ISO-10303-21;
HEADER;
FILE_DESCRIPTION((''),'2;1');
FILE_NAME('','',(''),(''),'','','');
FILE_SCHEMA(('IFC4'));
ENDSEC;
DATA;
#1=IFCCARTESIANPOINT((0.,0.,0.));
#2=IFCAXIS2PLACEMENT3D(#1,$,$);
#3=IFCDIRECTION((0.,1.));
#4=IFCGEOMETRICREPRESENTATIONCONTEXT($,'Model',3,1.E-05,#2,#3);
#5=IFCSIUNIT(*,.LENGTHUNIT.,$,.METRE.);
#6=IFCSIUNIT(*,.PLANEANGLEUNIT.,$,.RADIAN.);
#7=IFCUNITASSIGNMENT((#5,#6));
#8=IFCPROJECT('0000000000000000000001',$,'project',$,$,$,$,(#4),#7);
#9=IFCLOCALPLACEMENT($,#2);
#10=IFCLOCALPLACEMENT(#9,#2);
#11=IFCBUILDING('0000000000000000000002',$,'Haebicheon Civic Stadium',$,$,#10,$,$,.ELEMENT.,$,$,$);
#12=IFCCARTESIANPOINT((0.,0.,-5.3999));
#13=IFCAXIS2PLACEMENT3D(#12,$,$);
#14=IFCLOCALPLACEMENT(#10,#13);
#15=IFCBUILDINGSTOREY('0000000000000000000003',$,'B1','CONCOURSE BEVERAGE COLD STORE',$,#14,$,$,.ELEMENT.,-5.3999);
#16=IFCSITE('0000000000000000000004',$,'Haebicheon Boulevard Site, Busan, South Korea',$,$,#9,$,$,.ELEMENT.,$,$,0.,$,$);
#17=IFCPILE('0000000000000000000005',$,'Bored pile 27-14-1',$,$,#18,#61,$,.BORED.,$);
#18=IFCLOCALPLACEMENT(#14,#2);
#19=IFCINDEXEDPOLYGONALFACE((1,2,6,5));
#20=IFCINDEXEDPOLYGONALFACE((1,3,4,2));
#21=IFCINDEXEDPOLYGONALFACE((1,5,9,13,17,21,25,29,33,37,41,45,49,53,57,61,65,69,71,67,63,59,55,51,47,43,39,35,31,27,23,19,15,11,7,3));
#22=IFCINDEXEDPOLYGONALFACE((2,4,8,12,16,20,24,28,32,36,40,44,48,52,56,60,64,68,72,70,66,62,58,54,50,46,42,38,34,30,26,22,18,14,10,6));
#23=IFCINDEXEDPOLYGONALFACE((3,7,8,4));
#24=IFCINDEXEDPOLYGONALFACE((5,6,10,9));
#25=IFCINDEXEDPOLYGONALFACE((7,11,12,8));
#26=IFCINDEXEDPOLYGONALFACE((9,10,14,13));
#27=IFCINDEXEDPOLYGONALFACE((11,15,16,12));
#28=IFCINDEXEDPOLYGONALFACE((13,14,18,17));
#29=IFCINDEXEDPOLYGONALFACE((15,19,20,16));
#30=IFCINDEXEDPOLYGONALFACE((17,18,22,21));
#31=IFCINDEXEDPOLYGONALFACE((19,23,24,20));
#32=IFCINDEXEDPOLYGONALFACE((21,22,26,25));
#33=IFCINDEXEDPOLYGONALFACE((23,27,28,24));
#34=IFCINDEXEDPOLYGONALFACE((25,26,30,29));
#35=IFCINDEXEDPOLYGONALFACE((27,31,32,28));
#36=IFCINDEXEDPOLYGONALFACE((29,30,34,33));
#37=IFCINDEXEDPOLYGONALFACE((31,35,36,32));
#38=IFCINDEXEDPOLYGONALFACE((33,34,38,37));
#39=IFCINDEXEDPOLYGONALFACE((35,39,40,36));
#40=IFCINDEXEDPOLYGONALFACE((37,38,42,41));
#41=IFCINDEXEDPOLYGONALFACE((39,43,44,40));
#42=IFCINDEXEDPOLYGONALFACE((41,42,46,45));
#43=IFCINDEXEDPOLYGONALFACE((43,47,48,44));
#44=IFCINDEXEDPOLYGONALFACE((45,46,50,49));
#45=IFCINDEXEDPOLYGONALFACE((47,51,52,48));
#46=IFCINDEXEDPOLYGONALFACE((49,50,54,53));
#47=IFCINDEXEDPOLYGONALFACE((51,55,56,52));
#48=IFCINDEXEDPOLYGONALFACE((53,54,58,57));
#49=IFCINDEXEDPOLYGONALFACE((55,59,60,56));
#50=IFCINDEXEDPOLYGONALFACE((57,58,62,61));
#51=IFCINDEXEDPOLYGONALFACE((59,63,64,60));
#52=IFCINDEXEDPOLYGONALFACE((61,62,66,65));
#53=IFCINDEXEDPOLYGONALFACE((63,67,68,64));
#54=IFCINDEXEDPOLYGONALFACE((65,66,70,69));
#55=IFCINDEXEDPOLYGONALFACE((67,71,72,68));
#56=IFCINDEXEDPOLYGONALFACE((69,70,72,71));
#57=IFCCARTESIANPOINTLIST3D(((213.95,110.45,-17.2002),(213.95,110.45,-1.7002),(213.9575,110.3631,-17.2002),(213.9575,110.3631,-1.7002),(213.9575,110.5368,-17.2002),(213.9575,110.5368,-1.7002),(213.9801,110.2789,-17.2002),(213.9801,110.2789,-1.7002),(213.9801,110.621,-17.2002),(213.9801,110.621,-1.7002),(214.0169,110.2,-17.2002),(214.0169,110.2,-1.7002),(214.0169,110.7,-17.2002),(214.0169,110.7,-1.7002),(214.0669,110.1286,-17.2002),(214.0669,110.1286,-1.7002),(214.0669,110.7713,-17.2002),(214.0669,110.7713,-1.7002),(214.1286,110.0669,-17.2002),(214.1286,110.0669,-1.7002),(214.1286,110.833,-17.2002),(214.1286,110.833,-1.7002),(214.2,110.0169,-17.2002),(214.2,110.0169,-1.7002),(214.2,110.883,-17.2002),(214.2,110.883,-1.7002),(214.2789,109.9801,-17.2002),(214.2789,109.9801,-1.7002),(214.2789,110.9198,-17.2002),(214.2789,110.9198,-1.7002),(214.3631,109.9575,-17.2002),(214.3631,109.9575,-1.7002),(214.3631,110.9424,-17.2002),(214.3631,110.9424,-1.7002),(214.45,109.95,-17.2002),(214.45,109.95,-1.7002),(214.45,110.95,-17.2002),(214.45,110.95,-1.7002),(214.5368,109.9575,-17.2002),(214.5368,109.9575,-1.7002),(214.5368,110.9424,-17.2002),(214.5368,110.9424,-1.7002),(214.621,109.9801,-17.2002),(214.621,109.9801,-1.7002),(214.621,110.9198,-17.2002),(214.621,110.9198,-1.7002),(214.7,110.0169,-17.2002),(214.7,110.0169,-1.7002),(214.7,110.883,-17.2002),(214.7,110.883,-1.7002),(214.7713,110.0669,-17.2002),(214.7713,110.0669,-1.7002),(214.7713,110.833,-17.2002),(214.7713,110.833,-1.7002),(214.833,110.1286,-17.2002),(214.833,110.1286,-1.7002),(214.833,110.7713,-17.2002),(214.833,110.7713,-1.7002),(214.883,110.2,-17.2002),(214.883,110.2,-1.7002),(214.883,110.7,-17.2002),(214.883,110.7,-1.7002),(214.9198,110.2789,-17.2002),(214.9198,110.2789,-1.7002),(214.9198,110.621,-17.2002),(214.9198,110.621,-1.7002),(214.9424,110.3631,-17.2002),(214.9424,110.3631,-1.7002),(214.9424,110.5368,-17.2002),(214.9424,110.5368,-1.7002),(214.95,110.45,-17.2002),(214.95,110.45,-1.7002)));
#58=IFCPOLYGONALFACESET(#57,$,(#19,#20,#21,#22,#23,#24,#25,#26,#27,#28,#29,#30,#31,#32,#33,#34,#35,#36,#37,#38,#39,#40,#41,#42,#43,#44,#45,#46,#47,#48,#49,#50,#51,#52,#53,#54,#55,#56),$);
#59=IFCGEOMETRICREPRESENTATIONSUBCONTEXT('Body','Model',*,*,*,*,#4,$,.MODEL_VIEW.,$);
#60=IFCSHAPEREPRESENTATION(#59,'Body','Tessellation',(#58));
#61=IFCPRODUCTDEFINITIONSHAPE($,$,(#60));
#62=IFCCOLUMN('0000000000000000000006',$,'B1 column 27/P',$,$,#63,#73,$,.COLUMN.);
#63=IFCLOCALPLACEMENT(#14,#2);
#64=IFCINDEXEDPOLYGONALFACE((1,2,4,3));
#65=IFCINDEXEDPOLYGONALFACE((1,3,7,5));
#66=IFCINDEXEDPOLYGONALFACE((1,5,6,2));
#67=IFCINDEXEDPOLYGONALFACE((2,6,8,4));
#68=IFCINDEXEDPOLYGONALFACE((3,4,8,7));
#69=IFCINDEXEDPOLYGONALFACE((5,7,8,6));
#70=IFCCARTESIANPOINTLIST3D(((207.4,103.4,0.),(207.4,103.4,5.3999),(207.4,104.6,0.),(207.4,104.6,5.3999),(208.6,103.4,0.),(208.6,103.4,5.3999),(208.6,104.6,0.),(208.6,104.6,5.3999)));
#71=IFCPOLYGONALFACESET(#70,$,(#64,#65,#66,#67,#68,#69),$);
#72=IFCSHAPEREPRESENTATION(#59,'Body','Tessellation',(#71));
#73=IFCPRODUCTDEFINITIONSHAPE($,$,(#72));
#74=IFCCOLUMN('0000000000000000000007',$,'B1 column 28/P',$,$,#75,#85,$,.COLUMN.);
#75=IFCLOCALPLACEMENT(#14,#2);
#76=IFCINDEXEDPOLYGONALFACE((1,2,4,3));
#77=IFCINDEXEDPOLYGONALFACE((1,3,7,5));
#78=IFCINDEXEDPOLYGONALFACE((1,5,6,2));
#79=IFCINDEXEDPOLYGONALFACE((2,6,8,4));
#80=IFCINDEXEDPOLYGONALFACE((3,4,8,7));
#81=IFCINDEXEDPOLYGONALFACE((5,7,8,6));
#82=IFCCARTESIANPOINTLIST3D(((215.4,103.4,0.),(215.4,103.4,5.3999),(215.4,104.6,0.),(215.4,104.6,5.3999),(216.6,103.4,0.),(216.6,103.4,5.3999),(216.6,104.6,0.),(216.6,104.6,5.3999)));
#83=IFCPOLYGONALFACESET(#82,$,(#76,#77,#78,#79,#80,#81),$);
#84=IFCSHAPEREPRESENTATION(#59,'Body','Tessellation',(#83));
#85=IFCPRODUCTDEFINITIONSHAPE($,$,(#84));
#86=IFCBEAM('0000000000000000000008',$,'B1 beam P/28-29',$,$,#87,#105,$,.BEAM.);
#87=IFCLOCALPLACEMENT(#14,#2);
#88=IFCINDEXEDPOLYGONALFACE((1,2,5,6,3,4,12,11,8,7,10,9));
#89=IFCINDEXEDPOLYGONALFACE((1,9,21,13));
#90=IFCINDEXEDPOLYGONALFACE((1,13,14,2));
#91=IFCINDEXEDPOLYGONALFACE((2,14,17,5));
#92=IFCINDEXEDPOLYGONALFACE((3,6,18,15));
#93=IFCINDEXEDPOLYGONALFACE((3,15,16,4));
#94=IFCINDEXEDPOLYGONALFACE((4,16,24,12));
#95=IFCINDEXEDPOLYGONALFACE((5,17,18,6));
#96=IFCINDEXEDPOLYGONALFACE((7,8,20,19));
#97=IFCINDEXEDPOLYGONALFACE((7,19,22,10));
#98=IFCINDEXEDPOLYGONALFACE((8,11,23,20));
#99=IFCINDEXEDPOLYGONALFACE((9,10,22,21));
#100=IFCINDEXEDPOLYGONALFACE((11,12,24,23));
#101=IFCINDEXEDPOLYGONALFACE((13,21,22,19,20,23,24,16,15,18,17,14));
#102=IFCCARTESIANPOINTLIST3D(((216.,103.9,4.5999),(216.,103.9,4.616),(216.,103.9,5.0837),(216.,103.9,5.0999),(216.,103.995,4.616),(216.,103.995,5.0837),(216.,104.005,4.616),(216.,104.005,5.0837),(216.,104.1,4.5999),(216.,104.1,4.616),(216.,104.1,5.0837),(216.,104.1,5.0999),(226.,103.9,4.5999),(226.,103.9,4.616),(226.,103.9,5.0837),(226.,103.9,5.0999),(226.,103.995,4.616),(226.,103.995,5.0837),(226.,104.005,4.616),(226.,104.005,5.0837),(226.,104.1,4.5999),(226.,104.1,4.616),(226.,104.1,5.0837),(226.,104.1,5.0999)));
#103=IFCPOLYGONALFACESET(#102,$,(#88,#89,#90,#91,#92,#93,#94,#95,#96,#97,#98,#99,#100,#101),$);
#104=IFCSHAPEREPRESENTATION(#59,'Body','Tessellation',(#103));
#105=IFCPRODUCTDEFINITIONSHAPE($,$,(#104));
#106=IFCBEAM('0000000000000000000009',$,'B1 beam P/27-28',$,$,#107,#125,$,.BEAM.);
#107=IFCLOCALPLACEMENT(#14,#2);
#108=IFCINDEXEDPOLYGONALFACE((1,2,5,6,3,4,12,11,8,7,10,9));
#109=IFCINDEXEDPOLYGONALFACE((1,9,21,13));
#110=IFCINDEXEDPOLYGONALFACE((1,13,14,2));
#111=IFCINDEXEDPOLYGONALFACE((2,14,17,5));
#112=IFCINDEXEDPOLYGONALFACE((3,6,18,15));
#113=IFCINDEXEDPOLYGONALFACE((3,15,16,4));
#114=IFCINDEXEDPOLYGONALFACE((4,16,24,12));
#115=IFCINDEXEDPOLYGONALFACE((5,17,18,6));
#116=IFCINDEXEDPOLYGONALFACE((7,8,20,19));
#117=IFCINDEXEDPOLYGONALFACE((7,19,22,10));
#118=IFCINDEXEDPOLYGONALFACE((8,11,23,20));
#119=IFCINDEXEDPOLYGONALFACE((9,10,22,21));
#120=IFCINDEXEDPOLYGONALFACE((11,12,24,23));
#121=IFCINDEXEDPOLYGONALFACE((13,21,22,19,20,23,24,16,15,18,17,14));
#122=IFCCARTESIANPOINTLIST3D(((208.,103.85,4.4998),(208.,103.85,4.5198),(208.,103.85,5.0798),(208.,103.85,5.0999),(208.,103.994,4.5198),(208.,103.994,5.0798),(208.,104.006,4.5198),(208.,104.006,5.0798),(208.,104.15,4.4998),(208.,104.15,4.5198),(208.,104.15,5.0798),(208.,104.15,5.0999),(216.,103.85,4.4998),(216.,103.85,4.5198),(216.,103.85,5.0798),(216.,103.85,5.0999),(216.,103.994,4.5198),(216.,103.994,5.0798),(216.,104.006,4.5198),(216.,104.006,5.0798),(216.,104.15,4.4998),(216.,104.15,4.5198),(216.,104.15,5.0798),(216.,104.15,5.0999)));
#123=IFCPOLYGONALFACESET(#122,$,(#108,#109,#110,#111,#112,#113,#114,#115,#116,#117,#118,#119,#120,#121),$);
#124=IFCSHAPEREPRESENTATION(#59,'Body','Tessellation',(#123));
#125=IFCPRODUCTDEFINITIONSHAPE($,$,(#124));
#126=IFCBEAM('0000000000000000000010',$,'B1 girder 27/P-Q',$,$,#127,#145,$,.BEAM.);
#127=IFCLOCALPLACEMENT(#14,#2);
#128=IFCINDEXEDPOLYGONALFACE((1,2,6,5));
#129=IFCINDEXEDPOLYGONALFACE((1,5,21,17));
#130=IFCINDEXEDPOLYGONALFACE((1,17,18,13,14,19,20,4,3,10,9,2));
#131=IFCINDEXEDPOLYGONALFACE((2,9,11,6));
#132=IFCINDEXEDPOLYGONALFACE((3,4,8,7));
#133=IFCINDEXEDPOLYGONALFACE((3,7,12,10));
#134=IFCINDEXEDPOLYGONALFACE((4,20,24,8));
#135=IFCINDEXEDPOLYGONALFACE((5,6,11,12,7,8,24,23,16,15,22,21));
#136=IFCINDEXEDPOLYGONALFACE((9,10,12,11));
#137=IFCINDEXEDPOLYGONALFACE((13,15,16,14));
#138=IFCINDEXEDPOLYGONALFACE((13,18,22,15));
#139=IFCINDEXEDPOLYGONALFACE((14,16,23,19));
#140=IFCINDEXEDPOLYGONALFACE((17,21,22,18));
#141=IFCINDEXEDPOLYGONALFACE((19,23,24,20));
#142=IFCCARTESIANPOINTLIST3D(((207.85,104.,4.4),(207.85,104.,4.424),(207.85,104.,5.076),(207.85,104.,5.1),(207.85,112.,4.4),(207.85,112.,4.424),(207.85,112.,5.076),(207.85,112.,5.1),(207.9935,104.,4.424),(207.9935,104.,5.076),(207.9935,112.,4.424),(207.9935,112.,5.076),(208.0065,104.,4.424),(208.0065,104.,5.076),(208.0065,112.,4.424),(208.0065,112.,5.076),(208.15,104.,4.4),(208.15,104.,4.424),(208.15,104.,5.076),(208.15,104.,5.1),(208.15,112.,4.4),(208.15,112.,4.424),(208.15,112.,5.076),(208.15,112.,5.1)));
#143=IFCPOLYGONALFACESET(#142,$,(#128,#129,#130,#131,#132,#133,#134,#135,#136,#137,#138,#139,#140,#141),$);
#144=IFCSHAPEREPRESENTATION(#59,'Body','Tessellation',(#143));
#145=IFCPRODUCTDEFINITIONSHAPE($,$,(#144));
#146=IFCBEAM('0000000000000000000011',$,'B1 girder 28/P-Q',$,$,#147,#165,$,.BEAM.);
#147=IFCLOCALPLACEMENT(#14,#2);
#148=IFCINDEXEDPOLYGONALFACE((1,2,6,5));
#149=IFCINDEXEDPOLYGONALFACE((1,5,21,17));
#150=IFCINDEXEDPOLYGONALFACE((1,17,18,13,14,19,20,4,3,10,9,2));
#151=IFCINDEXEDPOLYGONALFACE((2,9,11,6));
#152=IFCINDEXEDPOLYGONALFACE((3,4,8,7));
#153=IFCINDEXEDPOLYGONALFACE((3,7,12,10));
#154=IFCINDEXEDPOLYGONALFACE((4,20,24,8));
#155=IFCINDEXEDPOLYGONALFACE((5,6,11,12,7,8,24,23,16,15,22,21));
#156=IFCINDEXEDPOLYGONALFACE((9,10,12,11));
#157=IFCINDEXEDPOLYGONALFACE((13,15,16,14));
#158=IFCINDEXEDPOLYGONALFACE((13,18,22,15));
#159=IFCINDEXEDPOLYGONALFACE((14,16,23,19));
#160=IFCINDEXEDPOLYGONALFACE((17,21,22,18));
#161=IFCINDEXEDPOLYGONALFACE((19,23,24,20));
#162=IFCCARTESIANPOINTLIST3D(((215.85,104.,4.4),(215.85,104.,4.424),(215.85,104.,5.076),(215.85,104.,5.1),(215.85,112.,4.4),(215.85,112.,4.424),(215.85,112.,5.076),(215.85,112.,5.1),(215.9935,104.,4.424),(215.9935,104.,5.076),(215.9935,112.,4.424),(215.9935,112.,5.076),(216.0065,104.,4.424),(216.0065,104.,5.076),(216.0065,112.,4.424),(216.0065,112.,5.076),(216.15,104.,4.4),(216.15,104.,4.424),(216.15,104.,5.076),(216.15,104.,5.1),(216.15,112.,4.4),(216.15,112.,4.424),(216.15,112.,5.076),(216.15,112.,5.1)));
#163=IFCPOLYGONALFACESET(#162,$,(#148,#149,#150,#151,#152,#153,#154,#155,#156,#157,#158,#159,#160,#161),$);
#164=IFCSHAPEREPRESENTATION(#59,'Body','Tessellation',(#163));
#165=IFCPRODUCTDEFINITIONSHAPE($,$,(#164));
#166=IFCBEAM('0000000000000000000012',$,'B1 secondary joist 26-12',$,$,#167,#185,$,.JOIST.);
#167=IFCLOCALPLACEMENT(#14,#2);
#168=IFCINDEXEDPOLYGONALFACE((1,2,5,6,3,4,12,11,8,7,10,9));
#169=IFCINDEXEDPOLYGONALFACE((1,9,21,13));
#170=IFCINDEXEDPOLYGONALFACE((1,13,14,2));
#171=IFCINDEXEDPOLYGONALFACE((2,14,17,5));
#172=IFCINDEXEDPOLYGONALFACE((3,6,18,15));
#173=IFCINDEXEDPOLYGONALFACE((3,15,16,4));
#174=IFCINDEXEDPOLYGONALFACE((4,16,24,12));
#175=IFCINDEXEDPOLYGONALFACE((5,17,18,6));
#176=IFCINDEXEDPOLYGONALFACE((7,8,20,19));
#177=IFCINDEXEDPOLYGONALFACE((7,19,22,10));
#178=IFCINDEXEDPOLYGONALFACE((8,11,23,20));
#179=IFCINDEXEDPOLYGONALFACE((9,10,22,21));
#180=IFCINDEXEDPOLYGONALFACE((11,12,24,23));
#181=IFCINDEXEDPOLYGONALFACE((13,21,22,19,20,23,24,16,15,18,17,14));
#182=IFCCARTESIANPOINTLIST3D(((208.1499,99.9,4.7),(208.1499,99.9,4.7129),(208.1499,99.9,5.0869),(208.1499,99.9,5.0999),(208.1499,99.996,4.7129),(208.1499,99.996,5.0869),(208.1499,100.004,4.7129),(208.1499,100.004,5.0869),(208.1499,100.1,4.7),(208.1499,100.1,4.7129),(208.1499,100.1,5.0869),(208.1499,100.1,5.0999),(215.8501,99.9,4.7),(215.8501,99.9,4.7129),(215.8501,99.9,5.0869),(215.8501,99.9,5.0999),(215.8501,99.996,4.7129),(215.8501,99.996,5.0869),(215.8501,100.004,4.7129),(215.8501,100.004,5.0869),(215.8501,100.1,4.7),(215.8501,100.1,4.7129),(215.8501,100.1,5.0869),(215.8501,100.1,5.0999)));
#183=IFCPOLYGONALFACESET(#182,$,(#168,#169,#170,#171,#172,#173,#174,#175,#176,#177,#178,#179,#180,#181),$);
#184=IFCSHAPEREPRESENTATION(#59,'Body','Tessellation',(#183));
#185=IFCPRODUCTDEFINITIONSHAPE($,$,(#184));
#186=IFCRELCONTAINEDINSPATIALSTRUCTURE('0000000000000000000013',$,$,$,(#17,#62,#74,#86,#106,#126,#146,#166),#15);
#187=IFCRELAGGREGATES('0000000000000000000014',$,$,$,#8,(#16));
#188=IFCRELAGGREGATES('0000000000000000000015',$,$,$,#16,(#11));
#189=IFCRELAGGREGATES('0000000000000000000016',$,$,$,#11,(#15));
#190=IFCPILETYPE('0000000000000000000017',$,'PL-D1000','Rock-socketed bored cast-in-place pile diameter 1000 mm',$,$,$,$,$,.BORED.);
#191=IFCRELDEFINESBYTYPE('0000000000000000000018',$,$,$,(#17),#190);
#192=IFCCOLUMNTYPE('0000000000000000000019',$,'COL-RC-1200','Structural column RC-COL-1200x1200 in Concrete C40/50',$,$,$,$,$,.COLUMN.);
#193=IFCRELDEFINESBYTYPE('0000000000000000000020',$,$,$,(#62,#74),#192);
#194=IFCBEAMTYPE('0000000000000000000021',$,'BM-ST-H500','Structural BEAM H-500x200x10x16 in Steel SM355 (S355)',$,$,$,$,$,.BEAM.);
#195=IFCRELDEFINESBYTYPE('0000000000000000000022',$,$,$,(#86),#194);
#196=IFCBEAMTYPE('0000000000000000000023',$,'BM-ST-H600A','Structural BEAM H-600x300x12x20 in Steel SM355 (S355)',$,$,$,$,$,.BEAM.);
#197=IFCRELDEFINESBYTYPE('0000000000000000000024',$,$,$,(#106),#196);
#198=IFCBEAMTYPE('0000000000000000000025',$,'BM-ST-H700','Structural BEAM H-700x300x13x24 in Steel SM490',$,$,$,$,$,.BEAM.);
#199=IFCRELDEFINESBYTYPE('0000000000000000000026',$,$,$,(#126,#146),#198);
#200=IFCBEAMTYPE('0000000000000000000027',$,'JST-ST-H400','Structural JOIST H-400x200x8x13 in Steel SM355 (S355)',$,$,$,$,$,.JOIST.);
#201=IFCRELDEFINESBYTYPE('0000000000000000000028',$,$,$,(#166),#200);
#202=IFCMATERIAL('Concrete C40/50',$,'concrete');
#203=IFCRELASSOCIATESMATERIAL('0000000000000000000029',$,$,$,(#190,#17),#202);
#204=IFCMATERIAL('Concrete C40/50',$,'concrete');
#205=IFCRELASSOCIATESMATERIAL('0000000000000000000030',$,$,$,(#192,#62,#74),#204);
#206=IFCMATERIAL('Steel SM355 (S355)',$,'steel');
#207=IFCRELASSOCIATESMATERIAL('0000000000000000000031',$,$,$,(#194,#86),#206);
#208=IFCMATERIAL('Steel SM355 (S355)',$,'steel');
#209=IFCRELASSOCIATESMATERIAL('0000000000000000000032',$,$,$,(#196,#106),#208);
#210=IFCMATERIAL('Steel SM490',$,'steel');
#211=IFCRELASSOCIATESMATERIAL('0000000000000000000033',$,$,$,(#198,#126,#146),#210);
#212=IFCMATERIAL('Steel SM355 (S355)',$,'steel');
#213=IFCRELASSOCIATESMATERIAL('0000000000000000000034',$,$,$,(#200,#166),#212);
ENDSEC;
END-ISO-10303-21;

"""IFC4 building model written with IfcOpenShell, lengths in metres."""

from ifc_helpers import new_model, si_unit, direction, frame, origin, origin_2d, place, context, subcontext, project, spatial, rectangle, circle, i_section, extrude, material, material_profile, profile_set, type_object, element, save


model = new_model("IFC4")

# Units and contexts
model_context = context("Model", 3, precision=1e-05, world=origin(), true_north=direction((0.0, 1.0)))
body_context = subcontext(model_context, "Body", "Model", "MODEL_VIEW")
ifc_project = project(units=[si_unit("LENGTHUNIT", "METRE"), si_unit("PLANEANGLEUNIT", "RADIAN")], contexts=[model_context])

# Site, building, storey
site_placement = place(None, origin())
site = spatial("IfcSite", under=ifc_project, at=site_placement, Name="Haebicheon Boulevard Site, Busan, South Korea", CompositionType="ELEMENT", RefElevation=0.0)
building_placement = place(site_placement, origin())
building = spatial("IfcBuilding", under=site, at=building_placement, Name="Haebicheon Civic Stadium", CompositionType="ELEMENT")
storey_placement = place(building_placement, frame((0.0, 0.0, -5.3999)))
storey = spatial("IfcBuildingStorey", under=building, at=storey_placement, Name="B1", Description="CONCOURSE BEVERAGE COLD STORE", CompositionType="ELEMENT", Elevation=-5.3999)

# Pile
ifc_material_1 = material(Name="Concrete C40/50", Category="concrete")
ifc_material_profile_1 = material_profile(ifc_material_1, circle(Radius=0.5, at=origin_2d()), Name="PILE-D1000")
ifc_profile_set_1 = profile_set([ifc_material_profile_1], Name="Concrete C40/50")
pile_type = type_object("IfcPileType", Name="PL-D1000", Description="Rock-socketed bored cast-in-place pile diameter 1000 mm", PredefinedType="BORED", material=ifc_profile_set_1)
for number, where, z_axis, x_axis, name in (
    (1, (214.45, 110.45, -1.7002), (0.0, 0.0, -1.0), (1.0, 0.0, 0.0), "Bored pile 27-14-1"),
):
    element("IfcPile", number, at=place(storey_placement, frame(where, z_axis=z_axis, x_axis=x_axis)), inside=storey, type_object=pile_type, material=ifc_profile_set_1, Name=name, PredefinedType="BORED", context=body_context, shape_type="SweptSolid", body=[
        extrude(circle(Radius=0.5, at=origin_2d()), origin(), (0.0, 0.0, 1.0), 15.5),
    ])

# Columns
ifc_material_2 = material(Name="Concrete C40/50", Category="concrete")
ifc_material_profile_2 = material_profile(ifc_material_2, rectangle(XDim=1.2, YDim=1.2, at=origin_2d()), Name="RC-COL-1200x1200")
ifc_profile_set_2 = profile_set([ifc_material_profile_2], Name="Concrete C40/50")
column_type = type_object("IfcColumnType", Name="COL-RC-1200", Description="Structural column RC-COL-1200x1200 in Concrete C40/50", PredefinedType="COLUMN", material=ifc_profile_set_2)
for number, where, z_axis, x_axis, name in (
    (2, (208.0, 104.0, 0.0), (0.0, 0.0, 1.0), (1.0, 0.0, 0.0), "B1 column 27/P"),
    (3, (216.0, 104.0, 0.0), (0.0, 0.0, 1.0), (1.0, 0.0, 0.0), "B1 column 28/P"),
):
    element("IfcColumn", number, at=place(storey_placement, frame(where, z_axis=z_axis, x_axis=x_axis)), inside=storey, type_object=column_type, material=ifc_profile_set_2, Name=name, PredefinedType="COLUMN", context=body_context, shape_type="SweptSolid", body=[
        extrude(rectangle(XDim=1.2, YDim=1.2, at=origin_2d()), origin(), (0.0, 0.0, 1.0), 5.3999),
    ])

# Beams
ifc_material_3 = material(Name="Steel SM355 (S355)", Category="steel")
ifc_material_profile_3 = material_profile(ifc_material_3, i_section(OverallWidth=0.2, OverallDepth=0.5, WebThickness=0.01, FlangeThickness=0.0161, at=origin_2d()), Name="H-500x200x10x16")
ifc_profile_set_3 = profile_set([ifc_material_profile_3], Name="Steel SM355 (S355)")
beam_type_1 = type_object("IfcBeamType", Name="BM-ST-H500", Description="Structural BEAM H-500x200x10x16 in Steel SM355 (S355)", PredefinedType="BEAM", material=ifc_profile_set_3)
beam_1_placement = place(storey_placement, frame((216.0, 104.0, 4.8499), z_axis=(1.0, 0.0, 0.0), x_axis=(0.0, 1.0, 0.0)))
element("IfcBeam", 4, at=beam_1_placement, inside=storey, type_object=beam_type_1, material=ifc_profile_set_3, Name="B1 beam P/28-29", PredefinedType="BEAM", context=body_context, shape_type="SweptSolid", body=[
    extrude(i_section(OverallWidth=0.2, OverallDepth=0.5, WebThickness=0.01, FlangeThickness=0.0161, at=origin_2d()), origin(), (0.0, 0.0, 1.0), 10.0),
])
ifc_material_4 = material(Name="Steel SM355 (S355)", Category="steel")
ifc_material_profile_4 = material_profile(ifc_material_4, i_section(OverallWidth=0.3, OverallDepth=0.6001, WebThickness=0.012, FlangeThickness=0.02, at=origin_2d()), Name="H-600x300x12x20")
ifc_profile_set_4 = profile_set([ifc_material_profile_4], Name="Steel SM355 (S355)")
beam_type_2 = type_object("IfcBeamType", Name="BM-ST-H600A", Description="Structural BEAM H-600x300x12x20 in Steel SM355 (S355)", PredefinedType="BEAM", material=ifc_profile_set_4)
beam_2_placement = place(storey_placement, frame((208.0, 104.0, 4.7998), z_axis=(1.0, 0.0, 0.0), x_axis=(0.0, 1.0, 0.0)))
element("IfcBeam", 5, at=beam_2_placement, inside=storey, type_object=beam_type_2, material=ifc_profile_set_4, Name="B1 beam P/27-28", PredefinedType="BEAM", context=body_context, shape_type="SweptSolid", body=[
    extrude(i_section(OverallWidth=0.3, OverallDepth=0.6001, WebThickness=0.012, FlangeThickness=0.02, at=origin_2d()), origin(), (0.0, 0.0, 1.0), 8.0),
])
ifc_material_5 = material(Name="Steel SM490", Category="steel")
ifc_material_profile_5 = material_profile(ifc_material_5, i_section(OverallWidth=0.3, OverallDepth=0.7, WebThickness=0.0129, FlangeThickness=0.0239, at=origin_2d()), Name="H-700x300x13x24")
ifc_profile_set_5 = profile_set([ifc_material_profile_5], Name="Steel SM490")
beam_type_3 = type_object("IfcBeamType", Name="BM-ST-H700", Description="Structural BEAM H-700x300x13x24 in Steel SM490", PredefinedType="BEAM", material=ifc_profile_set_5)
for number, where, z_axis, x_axis, name in (
    (6, (208.0, 104.0, 4.75), (0.0, 1.0, 0.0), (-1.0, 0.0, 0.0), "B1 girder 27/P-Q"),
    (7, (216.0, 104.0, 4.75), (0.0, 1.0, 0.0), (-1.0, 0.0, 0.0), "B1 girder 28/P-Q"),
):
    element("IfcBeam", number, at=place(storey_placement, frame(where, z_axis=z_axis, x_axis=x_axis)), inside=storey, type_object=beam_type_3, material=ifc_profile_set_5, Name=name, PredefinedType="BEAM", context=body_context, shape_type="SweptSolid", body=[
        extrude(i_section(OverallWidth=0.3, OverallDepth=0.7, WebThickness=0.0129, FlangeThickness=0.0239, at=origin_2d()), origin(), (0.0, 0.0, 1.0), 8.0),
    ])
ifc_material_6 = material(Name="Steel SM355 (S355)", Category="steel")
ifc_material_profile_6 = material_profile(ifc_material_6, i_section(OverallWidth=0.2, OverallDepth=0.3999, WebThickness=0.0081, FlangeThickness=0.0129, at=origin_2d()), Name="H-400x200x8x13")
ifc_profile_set_6 = profile_set([ifc_material_profile_6], Name="Steel SM355 (S355)")
beam_type_4 = type_object("IfcBeamType", Name="JST-ST-H400", Description="Structural JOIST H-400x200x8x13 in Steel SM355 (S355)", PredefinedType="JOIST", material=ifc_profile_set_6)
for number, where, z_axis, x_axis, name in (
    (8, (208.1499, 100.0, 4.8999), (1.0, 0.0, 0.0), (0.0, 1.0, 0.0), "B1 secondary joist 26-12"),
):
    element("IfcBeam", number, at=place(storey_placement, frame(where, z_axis=z_axis, x_axis=x_axis)), inside=storey, type_object=beam_type_4, material=ifc_profile_set_6, Name=name, PredefinedType="JOIST", context=body_context, shape_type="SweptSolid", body=[
        extrude(i_section(OverallWidth=0.2, OverallDepth=0.3999, WebThickness=0.0081, FlangeThickness=0.0129, at=origin_2d()), origin(), (0.0, 0.0, 1.0), 7.7002),
    ])

save(model, "model.ifc")
